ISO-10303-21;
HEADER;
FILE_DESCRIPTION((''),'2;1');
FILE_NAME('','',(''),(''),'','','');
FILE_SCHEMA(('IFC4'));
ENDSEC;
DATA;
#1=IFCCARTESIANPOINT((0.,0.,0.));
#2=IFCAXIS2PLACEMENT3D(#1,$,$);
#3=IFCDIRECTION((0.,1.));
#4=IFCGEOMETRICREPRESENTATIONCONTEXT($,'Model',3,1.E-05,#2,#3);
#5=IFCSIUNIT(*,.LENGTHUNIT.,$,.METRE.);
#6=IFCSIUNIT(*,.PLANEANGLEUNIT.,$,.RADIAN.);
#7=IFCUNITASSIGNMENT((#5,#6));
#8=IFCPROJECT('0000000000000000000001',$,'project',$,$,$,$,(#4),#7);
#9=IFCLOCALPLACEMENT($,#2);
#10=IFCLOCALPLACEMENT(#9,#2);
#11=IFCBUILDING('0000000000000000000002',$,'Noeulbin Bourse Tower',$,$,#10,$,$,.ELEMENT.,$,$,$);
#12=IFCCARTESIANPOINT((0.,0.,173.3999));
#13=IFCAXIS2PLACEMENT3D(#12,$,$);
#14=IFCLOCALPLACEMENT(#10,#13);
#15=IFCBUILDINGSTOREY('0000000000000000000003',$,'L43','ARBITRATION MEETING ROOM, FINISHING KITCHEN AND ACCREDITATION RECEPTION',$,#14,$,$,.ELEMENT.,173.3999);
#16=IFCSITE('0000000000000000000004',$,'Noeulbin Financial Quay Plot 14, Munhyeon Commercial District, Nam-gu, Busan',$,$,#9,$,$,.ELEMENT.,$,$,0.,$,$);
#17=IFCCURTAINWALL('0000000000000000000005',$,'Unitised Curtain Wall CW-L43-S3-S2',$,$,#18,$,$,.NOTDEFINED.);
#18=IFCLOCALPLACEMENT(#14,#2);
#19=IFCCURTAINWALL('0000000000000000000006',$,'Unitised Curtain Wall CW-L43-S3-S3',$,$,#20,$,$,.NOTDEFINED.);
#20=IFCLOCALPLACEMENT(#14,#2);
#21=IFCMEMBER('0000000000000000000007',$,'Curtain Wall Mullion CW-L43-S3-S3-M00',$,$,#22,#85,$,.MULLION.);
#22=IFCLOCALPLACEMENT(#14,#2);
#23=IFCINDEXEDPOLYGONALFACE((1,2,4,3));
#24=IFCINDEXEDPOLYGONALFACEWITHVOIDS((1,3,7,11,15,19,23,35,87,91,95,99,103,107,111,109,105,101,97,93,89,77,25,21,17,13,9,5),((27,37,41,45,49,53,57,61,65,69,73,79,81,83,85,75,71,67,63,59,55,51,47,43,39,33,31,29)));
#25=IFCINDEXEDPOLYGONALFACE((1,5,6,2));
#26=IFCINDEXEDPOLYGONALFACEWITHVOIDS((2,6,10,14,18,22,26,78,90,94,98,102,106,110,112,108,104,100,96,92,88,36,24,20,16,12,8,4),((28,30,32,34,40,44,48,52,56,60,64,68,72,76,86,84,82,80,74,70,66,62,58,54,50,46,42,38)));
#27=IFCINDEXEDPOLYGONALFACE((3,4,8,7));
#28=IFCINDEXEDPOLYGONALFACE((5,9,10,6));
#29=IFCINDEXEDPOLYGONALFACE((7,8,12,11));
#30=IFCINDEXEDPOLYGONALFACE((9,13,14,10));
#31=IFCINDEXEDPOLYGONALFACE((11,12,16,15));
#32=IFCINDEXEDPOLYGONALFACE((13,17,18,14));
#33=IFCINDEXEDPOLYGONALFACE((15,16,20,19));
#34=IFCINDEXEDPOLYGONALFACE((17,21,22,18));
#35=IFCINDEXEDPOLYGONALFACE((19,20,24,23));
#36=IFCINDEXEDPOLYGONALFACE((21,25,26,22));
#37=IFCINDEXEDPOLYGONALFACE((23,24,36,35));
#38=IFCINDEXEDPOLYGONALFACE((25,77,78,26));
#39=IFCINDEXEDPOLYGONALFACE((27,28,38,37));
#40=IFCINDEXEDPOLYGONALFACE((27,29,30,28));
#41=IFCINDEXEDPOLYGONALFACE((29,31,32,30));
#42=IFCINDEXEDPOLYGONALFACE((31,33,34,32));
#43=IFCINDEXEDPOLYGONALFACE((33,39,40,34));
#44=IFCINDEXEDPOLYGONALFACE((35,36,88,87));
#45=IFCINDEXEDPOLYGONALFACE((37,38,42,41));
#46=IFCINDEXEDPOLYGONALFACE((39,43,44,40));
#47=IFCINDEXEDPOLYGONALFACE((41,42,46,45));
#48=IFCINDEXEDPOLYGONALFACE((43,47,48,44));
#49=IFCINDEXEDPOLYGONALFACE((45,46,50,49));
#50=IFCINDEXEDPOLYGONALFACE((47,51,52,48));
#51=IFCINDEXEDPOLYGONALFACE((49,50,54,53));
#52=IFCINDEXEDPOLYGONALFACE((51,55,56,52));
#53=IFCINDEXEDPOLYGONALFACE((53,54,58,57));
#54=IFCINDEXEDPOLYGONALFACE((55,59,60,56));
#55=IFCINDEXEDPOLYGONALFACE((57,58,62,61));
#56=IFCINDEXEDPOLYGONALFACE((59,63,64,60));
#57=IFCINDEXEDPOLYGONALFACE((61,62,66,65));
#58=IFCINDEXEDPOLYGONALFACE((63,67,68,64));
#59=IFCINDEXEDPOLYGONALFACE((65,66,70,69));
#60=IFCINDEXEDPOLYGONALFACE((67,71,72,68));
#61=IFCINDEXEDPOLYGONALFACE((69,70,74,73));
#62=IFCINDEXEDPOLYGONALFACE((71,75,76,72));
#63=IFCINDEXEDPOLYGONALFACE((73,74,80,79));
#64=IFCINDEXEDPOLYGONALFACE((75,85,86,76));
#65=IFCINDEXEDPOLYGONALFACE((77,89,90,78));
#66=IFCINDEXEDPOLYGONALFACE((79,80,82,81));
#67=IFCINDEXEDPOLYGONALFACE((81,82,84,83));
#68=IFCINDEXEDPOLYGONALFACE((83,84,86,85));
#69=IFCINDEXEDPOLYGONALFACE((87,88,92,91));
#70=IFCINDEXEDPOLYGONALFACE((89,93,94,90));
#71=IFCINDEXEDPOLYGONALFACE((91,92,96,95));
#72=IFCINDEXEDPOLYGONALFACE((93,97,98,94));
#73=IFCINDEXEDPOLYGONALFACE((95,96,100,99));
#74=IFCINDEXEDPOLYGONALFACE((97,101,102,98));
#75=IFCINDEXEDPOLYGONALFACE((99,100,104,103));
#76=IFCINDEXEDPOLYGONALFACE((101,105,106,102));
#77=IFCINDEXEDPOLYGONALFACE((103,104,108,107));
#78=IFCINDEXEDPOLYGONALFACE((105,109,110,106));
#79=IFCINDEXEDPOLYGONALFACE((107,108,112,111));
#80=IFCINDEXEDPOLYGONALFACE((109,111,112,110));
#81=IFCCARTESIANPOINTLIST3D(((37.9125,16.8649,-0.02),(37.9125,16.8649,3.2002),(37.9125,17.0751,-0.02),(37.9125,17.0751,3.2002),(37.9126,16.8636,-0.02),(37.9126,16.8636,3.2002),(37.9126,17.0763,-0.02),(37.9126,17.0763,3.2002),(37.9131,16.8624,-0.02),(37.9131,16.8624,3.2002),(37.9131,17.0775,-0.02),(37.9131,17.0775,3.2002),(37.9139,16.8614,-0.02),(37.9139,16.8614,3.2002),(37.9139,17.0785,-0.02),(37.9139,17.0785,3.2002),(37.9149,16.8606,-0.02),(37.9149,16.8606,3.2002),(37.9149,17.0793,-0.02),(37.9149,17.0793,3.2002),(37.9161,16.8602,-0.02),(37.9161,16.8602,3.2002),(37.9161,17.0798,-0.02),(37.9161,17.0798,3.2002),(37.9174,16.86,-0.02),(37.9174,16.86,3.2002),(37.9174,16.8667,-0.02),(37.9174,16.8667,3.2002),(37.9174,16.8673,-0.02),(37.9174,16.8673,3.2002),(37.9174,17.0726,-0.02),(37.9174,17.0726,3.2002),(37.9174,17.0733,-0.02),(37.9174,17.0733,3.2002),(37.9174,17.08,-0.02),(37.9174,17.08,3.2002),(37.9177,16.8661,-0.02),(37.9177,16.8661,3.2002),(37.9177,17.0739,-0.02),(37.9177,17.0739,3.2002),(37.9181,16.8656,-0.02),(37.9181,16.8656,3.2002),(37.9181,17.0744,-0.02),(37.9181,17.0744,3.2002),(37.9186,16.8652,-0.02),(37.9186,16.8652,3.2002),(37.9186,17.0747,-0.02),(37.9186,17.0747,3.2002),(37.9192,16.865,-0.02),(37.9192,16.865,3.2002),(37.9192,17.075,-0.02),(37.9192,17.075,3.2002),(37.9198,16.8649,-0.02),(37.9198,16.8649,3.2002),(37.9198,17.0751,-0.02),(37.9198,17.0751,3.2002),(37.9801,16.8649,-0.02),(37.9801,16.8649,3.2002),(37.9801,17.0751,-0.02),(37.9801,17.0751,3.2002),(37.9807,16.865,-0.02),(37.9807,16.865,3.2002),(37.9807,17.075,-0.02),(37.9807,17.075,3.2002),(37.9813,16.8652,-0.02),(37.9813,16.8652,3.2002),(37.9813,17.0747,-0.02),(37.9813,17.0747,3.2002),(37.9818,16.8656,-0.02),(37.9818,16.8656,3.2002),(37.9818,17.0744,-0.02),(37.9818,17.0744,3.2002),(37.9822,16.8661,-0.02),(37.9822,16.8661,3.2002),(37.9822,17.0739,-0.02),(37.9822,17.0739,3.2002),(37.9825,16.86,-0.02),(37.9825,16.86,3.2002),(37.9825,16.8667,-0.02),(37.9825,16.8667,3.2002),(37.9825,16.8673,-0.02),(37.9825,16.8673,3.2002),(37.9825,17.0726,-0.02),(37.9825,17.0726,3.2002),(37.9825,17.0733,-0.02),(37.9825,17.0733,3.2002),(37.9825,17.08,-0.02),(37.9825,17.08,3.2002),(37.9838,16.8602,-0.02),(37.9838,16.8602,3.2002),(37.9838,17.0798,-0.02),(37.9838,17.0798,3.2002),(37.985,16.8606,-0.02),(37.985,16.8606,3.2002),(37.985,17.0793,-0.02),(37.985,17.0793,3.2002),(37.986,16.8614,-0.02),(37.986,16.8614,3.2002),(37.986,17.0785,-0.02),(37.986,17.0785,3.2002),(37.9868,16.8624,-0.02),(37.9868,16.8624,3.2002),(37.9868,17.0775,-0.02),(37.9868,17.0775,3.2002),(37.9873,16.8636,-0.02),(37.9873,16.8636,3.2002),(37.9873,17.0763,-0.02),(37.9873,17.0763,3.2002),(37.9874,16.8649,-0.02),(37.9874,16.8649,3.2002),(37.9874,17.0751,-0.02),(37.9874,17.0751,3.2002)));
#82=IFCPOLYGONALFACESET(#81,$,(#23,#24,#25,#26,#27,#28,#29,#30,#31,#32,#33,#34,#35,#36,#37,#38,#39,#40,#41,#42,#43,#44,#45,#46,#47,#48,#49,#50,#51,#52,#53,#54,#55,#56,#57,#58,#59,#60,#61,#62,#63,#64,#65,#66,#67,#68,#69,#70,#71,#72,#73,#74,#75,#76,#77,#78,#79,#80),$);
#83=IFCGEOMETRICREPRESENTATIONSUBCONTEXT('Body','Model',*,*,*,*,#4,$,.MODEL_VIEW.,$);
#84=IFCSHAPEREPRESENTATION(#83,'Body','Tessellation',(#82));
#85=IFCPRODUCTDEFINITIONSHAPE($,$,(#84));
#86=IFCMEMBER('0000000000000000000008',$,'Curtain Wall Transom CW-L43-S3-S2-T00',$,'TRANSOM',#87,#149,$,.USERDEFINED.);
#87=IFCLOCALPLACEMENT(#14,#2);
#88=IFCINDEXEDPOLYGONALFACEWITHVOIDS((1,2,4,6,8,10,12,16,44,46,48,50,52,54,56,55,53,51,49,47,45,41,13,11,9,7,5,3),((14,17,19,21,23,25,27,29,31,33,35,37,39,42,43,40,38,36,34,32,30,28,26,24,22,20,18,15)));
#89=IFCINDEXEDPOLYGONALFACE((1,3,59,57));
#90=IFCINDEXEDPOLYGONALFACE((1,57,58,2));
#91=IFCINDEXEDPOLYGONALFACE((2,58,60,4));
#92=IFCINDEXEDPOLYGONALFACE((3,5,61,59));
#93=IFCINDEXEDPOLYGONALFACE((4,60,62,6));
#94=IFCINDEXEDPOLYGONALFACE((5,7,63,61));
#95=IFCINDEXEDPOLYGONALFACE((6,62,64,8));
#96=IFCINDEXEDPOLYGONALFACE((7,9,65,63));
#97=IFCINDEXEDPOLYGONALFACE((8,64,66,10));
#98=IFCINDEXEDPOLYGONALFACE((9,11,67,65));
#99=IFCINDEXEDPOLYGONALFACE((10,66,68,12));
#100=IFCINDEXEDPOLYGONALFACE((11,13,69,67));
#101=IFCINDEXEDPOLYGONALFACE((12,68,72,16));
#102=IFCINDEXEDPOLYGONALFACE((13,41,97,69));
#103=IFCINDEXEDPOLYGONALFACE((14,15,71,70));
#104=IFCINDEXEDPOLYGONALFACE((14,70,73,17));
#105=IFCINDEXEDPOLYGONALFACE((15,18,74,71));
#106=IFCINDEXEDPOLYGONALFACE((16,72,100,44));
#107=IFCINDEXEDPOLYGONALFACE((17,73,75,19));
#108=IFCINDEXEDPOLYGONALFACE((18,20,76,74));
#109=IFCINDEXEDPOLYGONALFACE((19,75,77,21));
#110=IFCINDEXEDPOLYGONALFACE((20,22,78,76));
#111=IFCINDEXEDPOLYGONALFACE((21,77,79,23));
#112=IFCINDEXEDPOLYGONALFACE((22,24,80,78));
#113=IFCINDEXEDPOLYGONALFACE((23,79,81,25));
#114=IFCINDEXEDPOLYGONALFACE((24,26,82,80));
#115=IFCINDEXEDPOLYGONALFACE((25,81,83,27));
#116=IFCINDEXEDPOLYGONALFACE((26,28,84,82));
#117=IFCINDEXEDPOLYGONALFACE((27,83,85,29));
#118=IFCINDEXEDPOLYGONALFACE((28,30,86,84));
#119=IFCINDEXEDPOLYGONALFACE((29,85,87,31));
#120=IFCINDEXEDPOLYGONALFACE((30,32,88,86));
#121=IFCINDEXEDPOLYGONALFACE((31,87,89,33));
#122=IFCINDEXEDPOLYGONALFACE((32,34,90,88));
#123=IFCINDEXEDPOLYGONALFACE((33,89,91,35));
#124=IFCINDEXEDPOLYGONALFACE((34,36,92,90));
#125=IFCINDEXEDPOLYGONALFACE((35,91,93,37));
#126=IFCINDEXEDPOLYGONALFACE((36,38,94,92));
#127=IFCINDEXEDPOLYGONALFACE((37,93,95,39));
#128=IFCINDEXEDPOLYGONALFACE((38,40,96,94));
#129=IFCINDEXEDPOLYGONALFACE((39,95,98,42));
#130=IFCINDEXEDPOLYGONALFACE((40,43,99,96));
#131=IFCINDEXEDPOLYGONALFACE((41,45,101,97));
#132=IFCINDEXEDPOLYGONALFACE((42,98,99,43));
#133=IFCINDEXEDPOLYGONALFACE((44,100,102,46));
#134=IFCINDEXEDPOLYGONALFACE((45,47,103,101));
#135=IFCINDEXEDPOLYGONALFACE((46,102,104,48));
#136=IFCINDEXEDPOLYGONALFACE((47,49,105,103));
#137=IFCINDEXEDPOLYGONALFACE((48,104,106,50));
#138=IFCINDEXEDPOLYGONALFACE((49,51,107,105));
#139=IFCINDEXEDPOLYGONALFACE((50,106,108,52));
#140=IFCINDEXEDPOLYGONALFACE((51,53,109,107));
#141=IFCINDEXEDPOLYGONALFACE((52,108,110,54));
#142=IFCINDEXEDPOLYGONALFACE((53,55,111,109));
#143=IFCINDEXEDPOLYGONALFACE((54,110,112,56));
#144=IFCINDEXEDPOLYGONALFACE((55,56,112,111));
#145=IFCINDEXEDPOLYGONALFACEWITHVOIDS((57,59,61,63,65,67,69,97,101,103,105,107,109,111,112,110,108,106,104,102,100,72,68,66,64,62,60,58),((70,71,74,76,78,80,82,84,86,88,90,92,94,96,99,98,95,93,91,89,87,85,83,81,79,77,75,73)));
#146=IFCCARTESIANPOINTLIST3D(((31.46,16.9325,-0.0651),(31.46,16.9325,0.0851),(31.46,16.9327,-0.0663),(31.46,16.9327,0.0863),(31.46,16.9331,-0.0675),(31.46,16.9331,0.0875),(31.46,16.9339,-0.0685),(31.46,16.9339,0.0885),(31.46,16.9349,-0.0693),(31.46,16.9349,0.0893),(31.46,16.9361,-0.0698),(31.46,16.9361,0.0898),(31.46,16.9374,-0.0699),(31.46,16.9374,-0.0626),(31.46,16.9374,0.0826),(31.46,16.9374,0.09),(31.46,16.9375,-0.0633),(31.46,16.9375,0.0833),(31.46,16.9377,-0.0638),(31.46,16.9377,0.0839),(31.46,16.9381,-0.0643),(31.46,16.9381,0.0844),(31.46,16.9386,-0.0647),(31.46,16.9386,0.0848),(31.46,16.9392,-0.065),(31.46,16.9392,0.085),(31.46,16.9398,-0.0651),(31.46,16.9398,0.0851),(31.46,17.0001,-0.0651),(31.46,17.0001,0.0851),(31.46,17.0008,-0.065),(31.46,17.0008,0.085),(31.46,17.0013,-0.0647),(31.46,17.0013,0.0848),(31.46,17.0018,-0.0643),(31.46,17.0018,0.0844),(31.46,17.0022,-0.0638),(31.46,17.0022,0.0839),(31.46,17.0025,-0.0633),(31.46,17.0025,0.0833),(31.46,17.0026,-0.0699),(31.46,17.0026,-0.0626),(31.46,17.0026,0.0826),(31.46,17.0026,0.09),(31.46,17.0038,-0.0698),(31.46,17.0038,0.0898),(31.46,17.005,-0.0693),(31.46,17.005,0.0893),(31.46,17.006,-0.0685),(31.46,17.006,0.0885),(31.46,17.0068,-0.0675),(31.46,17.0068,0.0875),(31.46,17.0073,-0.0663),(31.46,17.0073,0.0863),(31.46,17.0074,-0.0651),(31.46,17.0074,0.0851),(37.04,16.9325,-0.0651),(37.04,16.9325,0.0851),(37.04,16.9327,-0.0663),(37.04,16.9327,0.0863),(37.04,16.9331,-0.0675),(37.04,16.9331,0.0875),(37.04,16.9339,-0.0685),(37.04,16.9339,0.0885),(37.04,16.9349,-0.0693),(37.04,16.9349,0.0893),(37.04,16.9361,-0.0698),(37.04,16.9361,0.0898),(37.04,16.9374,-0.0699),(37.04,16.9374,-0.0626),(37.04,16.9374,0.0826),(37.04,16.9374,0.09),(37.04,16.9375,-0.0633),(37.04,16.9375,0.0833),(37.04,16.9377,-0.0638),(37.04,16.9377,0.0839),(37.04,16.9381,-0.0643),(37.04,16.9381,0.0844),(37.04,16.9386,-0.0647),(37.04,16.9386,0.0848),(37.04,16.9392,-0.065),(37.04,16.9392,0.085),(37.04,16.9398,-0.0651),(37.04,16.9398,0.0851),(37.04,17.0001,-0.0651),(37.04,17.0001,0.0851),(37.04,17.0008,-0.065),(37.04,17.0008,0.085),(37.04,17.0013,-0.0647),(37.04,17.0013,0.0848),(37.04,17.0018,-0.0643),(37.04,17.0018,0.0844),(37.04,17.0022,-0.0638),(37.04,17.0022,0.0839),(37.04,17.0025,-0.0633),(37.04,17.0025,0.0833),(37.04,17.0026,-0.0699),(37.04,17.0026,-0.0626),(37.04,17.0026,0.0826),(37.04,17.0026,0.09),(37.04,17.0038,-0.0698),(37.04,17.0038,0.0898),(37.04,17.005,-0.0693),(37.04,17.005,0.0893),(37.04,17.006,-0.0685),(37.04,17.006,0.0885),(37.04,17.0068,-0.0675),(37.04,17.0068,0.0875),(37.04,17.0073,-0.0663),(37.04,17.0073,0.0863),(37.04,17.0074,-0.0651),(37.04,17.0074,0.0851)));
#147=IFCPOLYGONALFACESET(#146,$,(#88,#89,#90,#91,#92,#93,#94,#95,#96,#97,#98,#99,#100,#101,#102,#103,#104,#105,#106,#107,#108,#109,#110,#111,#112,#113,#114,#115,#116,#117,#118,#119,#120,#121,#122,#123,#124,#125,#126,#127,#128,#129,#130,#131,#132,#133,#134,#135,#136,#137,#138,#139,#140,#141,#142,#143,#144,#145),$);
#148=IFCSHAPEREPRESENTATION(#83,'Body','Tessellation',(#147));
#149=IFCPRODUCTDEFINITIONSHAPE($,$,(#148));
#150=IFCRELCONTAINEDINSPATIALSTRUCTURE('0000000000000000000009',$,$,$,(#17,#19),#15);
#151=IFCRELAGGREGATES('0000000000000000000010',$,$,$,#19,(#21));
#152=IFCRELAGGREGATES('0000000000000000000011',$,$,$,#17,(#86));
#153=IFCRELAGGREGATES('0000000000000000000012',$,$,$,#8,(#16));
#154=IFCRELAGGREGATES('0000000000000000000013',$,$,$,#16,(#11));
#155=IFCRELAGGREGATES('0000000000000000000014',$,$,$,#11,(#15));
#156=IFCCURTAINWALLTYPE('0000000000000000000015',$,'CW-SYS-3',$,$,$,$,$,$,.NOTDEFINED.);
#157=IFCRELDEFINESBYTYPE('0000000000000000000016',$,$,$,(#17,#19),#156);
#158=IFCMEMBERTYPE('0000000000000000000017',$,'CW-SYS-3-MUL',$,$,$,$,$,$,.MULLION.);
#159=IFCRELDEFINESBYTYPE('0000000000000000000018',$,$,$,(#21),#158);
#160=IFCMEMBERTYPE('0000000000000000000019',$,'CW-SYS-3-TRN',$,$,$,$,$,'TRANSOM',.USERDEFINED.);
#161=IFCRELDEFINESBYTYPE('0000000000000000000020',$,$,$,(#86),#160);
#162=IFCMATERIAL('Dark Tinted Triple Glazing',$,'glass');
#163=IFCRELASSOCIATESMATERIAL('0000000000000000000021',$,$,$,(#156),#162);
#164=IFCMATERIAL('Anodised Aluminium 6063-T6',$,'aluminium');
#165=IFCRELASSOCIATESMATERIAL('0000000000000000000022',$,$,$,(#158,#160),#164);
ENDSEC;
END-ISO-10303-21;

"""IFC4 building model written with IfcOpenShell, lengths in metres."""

from ifc_helpers import new_model, si_unit, direction, frame, origin, origin_2d, place, context, subcontext, project, spatial, hollow_rectangle, extrude, material, material_profile, profile_set, type_object, element, aggregate, save


model = new_model("IFC4")

# Units and contexts
model_context = context("Model", 3, precision=1e-05, world=origin(), true_north=direction((0.0, 1.0)))
body_context = subcontext(model_context, "Body", "Model", "MODEL_VIEW")
ifc_project = project(units=[si_unit("LENGTHUNIT", "METRE"), si_unit("PLANEANGLEUNIT", "RADIAN")], contexts=[model_context])

# Site, building, storey
site_placement = place(None, origin())
site = spatial("IfcSite", under=ifc_project, at=site_placement, Name="Noeulbin Financial Quay Plot 14, Munhyeon Commercial District, Nam-gu, Busan", CompositionType="ELEMENT", RefElevation=0.0)
building_placement = place(site_placement, origin())
building = spatial("IfcBuilding", under=site, at=building_placement, Name="Noeulbin Bourse Tower", CompositionType="ELEMENT")
storey_placement = place(building_placement, frame((0.0, 0.0, 173.3999)))
storey = spatial("IfcBuildingStorey", under=building, at=storey_placement, Name="L43", Description="ARBITRATION MEETING ROOM, FINISHING KITCHEN AND ACCREDITATION RECEPTION", CompositionType="ELEMENT", Elevation=173.3999)

# Shared definitions
ifc_material_1 = material(Name="Dark Tinted Triple Glazing", Category="glass")
curtain_wall_type = type_object("IfcCurtainWallType", Name="CW-SYS-3", PredefinedType="NOTDEFINED", material=ifc_material_1)
ifc_material_2 = material(Name="Anodised Aluminium 6063-T6", Category="aluminium")
ifc_material_profile_1 = material_profile(ifc_material_2, hollow_rectangle(XDim=0.075, YDim=0.22, WallThickness=0.0049, InnerFilletRadius=0.0024, OuterFilletRadius=0.0049, at=origin_2d()), Name="ALU-MULL-75x220x5", Category="LoadBearing")
ifc_profile_set_1 = profile_set([ifc_material_profile_1], Name="Anodised Aluminium 6063-T6")
member_type_1 = type_object("IfcMemberType", Name="CW-SYS-3-MUL", PredefinedType="MULLION", material=ifc_profile_set_1)

# Curtain wall
curtain_wall_1_placement = place(storey_placement, origin())
curtain_wall_1 = element("IfcCurtainWall", 1, at=curtain_wall_1_placement, inside=storey, type_object=curtain_wall_type, Name="Unitised Curtain Wall CW-L43-S3-S2", PredefinedType="NOTDEFINED")

# Curtain wall, member
curtain_wall_2_placement = place(storey_placement, origin())
curtain_wall_2 = element("IfcCurtainWall", 2, at=curtain_wall_2_placement, inside=storey, type_object=curtain_wall_type, Name="Unitised Curtain Wall CW-L43-S3-S3", PredefinedType="NOTDEFINED")
member_1_placement = place(storey_placement, frame((37.95, 16.97, -0.02), z_axis=(0.0, 0.0, 1.0), x_axis=(1.0, 0.0, 0.0)))
member_1 = element("IfcMember", 3, at=member_1_placement, type_object=member_type_1, Name="Curtain Wall Mullion CW-L43-S3-S3-M00", PredefinedType="MULLION", context=body_context, shape_type="SweptSolid", body=[
    extrude(hollow_rectangle(XDim=0.075, YDim=0.22, WallThickness=0.0049, InnerFilletRadius=0.0024, OuterFilletRadius=0.0049, at=origin_2d()), origin(), (0.0, 0.0, 1.0), 3.2202),
])

# Member
ifc_material_profile_2 = material_profile(ifc_material_2, hollow_rectangle(XDim=0.075, YDim=0.1599, WallThickness=0.0049, InnerFilletRadius=0.0024, OuterFilletRadius=0.0049, at=origin_2d()), Name="ALU-TRAN-75x160x5", Category="LoadBearing")
ifc_profile_set_2 = profile_set([ifc_material_profile_2], Name="Anodised Aluminium 6063-T6")
member_type_2 = type_object("IfcMemberType", Name="CW-SYS-3-TRN", ElementType="TRANSOM", PredefinedType="USERDEFINED", material=ifc_profile_set_2)
member_2_placement = place(storey_placement, frame((31.46, 16.97, 0.01), z_axis=(1.0, 0.0, 0.0), x_axis=(0.0, 1.0, 0.0)))
member_2 = element("IfcMember", 4, at=member_2_placement, type_object=member_type_2, Name="Curtain Wall Transom CW-L43-S3-S2-T00", ObjectType="TRANSOM", PredefinedType="USERDEFINED", context=body_context, shape_type="SweptSolid", body=[
    extrude(hollow_rectangle(XDim=0.075, YDim=0.1599, WallThickness=0.0049, InnerFilletRadius=0.0024, OuterFilletRadius=0.0049, at=origin_2d()), origin(), (0.0, 0.0, 1.0), 5.5801),
])
aggregate(curtain_wall_2, [member_1])

aggregate(curtain_wall_1, [member_2])

save(model, "model.ifc")
